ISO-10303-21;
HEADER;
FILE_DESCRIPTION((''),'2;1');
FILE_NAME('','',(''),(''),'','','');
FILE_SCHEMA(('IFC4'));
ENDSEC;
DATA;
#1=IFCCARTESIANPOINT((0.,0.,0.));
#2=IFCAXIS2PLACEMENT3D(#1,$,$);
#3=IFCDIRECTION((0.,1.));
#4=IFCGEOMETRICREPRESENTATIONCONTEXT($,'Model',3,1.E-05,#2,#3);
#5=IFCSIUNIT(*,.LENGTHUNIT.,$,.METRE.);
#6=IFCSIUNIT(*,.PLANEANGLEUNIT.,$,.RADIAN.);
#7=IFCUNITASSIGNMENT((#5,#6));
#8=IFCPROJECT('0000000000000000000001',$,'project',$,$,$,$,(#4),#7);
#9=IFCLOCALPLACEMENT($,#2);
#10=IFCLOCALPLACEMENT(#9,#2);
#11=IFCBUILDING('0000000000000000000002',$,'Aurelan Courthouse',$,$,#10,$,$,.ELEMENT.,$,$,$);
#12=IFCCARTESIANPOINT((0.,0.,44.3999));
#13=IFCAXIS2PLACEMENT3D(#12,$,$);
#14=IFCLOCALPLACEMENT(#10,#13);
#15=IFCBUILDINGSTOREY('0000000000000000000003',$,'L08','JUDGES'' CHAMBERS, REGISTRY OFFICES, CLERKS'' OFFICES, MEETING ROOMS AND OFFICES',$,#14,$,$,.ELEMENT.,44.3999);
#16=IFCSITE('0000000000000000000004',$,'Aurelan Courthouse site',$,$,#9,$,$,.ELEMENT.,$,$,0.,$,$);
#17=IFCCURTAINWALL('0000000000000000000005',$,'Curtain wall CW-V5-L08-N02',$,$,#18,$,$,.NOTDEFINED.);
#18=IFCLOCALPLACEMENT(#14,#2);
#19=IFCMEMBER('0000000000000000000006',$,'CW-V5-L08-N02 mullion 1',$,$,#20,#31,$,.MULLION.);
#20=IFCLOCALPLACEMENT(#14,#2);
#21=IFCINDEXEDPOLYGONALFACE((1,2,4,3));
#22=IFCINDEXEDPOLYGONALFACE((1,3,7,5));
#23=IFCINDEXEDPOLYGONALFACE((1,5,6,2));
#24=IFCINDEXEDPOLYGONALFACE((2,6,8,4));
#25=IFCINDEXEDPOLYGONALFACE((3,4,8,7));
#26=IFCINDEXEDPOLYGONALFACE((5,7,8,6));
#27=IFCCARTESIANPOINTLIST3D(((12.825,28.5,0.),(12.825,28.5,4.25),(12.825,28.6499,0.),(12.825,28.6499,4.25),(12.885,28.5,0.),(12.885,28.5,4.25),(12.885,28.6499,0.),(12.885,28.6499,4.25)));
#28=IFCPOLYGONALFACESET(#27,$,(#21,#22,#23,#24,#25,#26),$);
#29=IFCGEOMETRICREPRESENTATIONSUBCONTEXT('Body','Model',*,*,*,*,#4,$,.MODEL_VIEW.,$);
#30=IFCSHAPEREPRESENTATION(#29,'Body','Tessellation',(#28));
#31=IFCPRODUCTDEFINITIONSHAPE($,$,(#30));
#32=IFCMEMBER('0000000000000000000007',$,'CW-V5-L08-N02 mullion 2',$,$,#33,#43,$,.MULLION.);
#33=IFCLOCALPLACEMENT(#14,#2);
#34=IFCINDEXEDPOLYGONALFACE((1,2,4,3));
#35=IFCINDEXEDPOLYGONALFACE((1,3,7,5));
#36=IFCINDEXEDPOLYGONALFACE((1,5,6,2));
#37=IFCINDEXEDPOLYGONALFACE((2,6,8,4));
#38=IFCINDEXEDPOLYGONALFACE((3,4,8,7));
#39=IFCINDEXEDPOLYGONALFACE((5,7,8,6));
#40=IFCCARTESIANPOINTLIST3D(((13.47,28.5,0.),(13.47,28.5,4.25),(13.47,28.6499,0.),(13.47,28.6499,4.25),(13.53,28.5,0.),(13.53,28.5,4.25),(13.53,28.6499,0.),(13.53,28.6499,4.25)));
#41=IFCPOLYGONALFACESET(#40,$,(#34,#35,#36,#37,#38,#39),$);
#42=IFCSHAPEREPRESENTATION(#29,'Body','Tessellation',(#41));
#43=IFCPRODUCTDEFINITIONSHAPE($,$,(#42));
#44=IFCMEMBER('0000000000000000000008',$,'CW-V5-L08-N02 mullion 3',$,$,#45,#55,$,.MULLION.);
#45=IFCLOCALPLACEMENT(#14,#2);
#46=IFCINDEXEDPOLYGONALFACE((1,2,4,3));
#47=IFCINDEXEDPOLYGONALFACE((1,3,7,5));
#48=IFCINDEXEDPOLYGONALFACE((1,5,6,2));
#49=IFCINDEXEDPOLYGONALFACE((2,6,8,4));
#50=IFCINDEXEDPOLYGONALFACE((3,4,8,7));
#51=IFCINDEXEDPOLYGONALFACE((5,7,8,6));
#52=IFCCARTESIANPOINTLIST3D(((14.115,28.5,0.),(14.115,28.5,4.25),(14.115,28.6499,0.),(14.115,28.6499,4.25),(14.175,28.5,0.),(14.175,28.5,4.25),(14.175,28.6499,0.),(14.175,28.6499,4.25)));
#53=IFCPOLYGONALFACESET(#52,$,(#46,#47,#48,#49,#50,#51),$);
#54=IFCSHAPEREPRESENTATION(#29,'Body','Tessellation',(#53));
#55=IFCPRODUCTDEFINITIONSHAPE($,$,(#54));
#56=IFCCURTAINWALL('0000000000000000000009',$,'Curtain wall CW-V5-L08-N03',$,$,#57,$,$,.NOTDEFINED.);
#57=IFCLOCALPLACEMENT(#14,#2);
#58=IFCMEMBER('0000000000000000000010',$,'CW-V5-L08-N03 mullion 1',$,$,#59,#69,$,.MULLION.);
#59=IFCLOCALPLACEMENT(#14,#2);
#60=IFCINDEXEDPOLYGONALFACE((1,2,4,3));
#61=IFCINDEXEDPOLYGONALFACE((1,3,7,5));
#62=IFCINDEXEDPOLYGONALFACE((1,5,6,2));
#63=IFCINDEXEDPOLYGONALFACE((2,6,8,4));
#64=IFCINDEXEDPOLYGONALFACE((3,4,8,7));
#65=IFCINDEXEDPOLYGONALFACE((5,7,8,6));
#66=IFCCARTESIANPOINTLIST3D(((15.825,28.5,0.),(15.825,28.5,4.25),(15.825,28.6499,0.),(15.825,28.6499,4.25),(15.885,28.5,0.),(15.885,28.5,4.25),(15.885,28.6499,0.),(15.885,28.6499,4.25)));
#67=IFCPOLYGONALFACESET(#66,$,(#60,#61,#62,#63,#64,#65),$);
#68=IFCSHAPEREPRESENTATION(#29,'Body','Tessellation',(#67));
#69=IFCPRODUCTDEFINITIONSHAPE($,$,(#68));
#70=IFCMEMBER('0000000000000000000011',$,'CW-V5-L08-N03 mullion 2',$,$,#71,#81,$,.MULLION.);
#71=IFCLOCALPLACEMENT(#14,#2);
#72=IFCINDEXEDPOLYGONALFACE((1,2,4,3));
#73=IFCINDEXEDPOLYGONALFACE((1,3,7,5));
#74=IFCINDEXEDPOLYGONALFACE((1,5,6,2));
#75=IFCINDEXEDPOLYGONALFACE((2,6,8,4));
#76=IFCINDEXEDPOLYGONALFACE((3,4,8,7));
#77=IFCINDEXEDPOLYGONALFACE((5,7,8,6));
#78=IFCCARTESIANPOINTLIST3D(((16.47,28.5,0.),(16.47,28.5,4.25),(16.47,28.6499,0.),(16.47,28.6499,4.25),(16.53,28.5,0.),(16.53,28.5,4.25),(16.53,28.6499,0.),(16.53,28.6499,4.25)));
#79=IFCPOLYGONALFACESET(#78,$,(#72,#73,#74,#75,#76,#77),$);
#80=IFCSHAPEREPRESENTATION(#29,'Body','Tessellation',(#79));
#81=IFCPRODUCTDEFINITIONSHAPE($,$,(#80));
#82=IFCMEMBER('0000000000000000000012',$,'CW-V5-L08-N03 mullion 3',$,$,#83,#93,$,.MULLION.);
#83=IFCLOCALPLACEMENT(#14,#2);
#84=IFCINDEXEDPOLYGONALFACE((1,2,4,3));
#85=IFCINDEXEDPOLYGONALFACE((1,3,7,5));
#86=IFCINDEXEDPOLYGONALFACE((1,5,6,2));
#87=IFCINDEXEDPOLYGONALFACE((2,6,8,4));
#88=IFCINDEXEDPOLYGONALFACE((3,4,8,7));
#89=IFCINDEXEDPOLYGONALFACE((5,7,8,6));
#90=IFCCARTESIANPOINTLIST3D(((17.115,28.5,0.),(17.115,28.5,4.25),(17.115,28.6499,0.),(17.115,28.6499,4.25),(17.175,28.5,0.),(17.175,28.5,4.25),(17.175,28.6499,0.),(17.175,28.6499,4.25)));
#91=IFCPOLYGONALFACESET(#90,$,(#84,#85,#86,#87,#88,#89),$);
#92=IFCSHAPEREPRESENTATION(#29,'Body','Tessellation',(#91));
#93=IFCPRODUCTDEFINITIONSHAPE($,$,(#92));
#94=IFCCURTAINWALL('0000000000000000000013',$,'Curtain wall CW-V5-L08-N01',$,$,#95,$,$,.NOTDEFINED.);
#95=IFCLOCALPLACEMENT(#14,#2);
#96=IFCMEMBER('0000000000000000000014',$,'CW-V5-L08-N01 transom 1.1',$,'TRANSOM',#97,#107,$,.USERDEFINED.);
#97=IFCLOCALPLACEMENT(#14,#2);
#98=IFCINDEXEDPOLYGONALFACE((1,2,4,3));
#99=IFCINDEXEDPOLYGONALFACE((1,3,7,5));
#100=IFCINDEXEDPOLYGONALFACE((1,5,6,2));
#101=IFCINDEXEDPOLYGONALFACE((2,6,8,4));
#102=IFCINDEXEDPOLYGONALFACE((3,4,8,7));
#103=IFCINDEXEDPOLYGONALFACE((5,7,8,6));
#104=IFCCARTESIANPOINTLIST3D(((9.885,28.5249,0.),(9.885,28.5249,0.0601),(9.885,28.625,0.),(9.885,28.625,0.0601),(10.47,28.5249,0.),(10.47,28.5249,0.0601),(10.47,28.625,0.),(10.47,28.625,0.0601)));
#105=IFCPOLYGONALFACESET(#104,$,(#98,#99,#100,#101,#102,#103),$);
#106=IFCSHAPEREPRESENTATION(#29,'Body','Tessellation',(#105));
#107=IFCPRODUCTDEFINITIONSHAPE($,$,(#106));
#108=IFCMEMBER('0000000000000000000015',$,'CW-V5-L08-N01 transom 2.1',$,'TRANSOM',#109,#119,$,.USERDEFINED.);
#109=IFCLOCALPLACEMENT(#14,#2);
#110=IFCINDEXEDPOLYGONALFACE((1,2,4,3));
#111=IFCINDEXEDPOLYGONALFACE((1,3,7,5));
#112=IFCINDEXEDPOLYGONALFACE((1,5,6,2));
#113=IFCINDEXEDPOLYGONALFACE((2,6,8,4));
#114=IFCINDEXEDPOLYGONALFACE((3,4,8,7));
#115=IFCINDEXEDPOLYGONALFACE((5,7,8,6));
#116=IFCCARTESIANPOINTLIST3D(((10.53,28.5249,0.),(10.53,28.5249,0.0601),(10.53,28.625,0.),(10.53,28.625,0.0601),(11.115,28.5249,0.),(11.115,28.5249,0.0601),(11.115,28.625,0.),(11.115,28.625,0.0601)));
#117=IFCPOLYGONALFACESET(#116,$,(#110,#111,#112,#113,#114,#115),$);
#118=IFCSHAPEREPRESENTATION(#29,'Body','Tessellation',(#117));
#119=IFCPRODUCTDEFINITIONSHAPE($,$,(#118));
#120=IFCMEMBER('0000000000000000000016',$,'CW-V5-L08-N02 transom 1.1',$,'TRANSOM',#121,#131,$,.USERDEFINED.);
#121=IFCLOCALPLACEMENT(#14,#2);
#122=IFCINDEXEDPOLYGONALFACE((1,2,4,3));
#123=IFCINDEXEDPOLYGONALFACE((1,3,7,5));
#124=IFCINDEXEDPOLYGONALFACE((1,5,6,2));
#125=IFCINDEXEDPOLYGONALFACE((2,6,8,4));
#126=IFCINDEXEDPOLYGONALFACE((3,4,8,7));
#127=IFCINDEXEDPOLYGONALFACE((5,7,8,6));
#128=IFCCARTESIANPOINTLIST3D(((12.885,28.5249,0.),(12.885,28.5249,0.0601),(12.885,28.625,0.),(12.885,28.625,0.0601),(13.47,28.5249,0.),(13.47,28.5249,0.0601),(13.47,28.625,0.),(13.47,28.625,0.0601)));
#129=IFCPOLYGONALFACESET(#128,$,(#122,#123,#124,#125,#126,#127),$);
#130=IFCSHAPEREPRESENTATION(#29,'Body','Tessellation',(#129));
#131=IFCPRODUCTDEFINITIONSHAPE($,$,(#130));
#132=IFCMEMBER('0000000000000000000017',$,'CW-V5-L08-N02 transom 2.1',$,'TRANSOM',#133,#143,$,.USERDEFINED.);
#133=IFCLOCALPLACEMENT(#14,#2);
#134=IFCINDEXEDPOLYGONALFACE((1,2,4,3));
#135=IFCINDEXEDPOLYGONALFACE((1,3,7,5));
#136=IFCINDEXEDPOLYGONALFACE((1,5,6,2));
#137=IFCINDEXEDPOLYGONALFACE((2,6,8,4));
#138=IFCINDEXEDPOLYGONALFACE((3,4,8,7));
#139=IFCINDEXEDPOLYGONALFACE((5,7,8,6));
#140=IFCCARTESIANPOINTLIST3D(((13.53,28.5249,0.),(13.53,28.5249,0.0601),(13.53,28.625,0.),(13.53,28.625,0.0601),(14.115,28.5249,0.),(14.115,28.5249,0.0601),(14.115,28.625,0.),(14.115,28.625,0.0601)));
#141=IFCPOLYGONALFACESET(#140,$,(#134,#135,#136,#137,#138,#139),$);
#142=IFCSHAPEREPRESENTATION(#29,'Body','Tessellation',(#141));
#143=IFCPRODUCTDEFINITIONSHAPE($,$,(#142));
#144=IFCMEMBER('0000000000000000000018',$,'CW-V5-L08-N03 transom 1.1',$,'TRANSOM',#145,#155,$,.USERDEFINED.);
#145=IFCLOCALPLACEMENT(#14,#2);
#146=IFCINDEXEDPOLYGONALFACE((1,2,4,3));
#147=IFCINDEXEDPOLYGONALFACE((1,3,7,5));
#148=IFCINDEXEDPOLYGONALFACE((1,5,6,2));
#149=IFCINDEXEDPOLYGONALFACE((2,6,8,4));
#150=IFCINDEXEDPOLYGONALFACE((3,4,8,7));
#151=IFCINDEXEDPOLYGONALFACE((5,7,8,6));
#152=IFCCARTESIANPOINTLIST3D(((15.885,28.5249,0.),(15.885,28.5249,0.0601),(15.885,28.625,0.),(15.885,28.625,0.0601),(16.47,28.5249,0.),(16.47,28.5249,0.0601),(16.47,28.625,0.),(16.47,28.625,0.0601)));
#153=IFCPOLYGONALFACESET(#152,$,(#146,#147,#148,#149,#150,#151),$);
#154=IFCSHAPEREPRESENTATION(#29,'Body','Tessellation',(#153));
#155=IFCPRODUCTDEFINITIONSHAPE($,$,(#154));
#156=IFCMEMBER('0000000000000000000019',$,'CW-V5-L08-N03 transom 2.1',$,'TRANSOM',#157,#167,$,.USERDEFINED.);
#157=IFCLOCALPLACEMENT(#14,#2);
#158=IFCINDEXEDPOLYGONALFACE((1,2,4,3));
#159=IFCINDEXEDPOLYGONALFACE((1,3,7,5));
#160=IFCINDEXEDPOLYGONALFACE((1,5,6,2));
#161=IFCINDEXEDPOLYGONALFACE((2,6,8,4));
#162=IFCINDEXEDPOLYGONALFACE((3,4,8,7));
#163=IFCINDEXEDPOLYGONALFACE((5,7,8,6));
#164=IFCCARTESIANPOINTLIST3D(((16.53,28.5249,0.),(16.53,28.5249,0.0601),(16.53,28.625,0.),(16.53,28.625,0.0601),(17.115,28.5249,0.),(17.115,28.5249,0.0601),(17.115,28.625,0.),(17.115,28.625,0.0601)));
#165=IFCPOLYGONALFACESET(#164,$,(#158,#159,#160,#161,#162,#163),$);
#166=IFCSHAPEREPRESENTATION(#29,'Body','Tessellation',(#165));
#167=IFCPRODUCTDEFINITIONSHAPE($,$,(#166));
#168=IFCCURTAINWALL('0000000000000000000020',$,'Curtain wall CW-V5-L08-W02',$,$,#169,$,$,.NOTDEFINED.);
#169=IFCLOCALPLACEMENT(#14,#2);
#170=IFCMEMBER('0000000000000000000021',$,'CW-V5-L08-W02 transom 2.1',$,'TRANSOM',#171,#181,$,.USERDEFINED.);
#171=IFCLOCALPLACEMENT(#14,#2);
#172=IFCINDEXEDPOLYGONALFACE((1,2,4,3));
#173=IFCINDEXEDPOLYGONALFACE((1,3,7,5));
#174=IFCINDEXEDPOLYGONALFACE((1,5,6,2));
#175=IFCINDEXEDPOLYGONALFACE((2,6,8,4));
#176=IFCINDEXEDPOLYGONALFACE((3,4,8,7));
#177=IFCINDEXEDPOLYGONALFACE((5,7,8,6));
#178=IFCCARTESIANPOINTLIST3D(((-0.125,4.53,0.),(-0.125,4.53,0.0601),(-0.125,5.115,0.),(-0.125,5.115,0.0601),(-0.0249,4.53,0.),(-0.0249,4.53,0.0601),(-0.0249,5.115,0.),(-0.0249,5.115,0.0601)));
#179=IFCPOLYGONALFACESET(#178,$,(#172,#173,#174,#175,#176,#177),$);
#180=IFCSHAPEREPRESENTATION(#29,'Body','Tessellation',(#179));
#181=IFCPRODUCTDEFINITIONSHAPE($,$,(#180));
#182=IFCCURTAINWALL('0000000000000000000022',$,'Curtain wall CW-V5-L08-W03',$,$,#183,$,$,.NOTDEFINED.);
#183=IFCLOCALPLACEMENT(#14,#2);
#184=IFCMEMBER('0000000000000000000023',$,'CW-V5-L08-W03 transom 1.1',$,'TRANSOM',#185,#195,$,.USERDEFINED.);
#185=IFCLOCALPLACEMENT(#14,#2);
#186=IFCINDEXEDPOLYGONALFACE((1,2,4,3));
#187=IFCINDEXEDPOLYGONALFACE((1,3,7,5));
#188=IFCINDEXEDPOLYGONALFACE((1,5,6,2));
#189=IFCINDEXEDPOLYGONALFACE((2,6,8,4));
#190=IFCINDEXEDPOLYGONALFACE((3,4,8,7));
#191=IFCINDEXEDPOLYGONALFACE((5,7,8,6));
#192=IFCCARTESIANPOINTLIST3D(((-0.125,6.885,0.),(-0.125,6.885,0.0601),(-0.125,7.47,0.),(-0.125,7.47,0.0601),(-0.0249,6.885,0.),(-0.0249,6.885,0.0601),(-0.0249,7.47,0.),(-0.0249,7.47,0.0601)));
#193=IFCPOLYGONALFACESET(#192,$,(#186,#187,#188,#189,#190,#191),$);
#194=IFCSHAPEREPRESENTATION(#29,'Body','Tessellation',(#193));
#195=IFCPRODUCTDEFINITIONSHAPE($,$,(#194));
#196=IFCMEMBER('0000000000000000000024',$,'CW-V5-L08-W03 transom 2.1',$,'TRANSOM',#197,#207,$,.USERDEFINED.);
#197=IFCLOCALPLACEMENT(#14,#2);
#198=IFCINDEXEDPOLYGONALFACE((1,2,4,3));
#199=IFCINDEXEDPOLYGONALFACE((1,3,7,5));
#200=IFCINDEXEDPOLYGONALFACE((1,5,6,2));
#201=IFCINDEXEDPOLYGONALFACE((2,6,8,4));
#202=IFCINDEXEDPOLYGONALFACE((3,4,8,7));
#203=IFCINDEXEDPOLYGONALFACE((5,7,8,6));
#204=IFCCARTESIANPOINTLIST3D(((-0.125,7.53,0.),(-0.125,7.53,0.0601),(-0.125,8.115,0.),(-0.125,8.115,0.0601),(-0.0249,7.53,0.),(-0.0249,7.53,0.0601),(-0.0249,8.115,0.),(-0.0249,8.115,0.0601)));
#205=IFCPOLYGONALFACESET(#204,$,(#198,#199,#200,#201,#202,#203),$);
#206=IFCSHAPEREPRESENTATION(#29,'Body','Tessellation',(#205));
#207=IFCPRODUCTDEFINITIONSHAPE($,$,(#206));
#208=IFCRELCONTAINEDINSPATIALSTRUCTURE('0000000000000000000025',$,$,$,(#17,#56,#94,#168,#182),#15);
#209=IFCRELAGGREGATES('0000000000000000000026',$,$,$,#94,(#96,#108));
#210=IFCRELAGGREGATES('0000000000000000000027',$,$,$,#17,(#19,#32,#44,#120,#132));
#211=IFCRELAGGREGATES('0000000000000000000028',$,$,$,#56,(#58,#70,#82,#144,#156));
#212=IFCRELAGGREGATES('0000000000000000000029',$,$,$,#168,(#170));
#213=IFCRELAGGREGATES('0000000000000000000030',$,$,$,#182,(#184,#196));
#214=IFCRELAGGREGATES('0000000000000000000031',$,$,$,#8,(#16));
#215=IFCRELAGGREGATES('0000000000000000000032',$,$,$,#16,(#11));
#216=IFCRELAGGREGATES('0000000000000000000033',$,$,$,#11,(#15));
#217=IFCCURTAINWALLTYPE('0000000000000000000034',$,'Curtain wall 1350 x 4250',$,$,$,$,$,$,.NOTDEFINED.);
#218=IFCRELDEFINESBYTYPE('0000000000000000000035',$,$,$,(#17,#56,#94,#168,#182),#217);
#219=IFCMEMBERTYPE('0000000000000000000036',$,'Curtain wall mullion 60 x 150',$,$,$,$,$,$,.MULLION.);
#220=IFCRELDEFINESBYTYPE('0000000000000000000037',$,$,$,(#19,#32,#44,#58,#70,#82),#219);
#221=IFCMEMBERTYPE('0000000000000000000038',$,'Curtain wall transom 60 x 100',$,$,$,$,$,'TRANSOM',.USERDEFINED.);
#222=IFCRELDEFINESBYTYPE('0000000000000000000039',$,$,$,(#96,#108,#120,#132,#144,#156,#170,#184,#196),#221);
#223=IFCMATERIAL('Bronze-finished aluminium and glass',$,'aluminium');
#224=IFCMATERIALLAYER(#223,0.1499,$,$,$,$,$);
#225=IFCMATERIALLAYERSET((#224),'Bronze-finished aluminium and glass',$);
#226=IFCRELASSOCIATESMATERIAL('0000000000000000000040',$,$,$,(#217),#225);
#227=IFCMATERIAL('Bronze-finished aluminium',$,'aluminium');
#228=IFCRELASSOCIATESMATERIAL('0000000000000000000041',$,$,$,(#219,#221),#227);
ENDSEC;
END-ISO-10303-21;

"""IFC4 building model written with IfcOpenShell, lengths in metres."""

from ifc_helpers import new_model, si_unit, direction, frame, origin, origin_2d, place, context, subcontext, project, spatial, rectangle, extrude, material, layer, layer_set, material_profile, profile_set, type_object, element, aggregate, save


model = new_model("IFC4")

# Units and contexts
model_context = context("Model", 3, precision=1e-05, world=origin(), true_north=direction((0.0, 1.0)))
body_context = subcontext(model_context, "Body", "Model", "MODEL_VIEW")
ifc_project = project(units=[si_unit("LENGTHUNIT", "METRE"), si_unit("PLANEANGLEUNIT", "RADIAN")], contexts=[model_context])

# Site, building, storey
site_placement = place(None, origin())
site = spatial("IfcSite", under=ifc_project, at=site_placement, Name="Aurelan Courthouse site", CompositionType="ELEMENT", RefElevation=0.0)
building_placement = place(site_placement, origin())
building = spatial("IfcBuilding", under=site, at=building_placement, Name="Aurelan Courthouse", CompositionType="ELEMENT")
storey_placement = place(building_placement, frame((0.0, 0.0, 44.3999)))
storey = spatial("IfcBuildingStorey", under=building, at=storey_placement, Name="L08", Description="JUDGES' CHAMBERS, REGISTRY OFFICES, CLERKS' OFFICES, MEETING ROOMS AND OFFICES", CompositionType="ELEMENT", Elevation=44.3999)

# Curtain walls, members
ifc_material_1 = material(Name="Bronze-finished aluminium and glass", Category="aluminium")
ifc_layer_1 = layer(ifc_material_1, 0.1499)
ifc_layer_set_1 = layer_set([ifc_layer_1], Name="Bronze-finished aluminium and glass")
curtain_wall_type = type_object("IfcCurtainWallType", Name="Curtain wall 1350 x 4250", PredefinedType="NOTDEFINED", material=ifc_layer_set_1)
curtain_wall_1_placement = place(storey_placement, origin())
curtain_wall_1 = element("IfcCurtainWall", 1, at=curtain_wall_1_placement, inside=storey, type_object=curtain_wall_type, Name="Curtain wall CW-V5-L08-N02", PredefinedType="NOTDEFINED")
ifc_material_2 = material(Name="Bronze-finished aluminium", Category="aluminium")
ifc_material_profile_1 = material_profile(ifc_material_2, rectangle(XDim=0.1499, YDim=0.0601, at=origin_2d()), Name="Bronze mullion 60 x 150")
ifc_profile_set_1 = profile_set([ifc_material_profile_1], Name="Bronze-finished aluminium")
member_type_1 = type_object("IfcMemberType", Name="Curtain wall mullion 60 x 150", PredefinedType="MULLION", material=ifc_profile_set_1)
member_1_placement = place(storey_placement, frame((12.855, 28.575, 0.0), z_axis=(0.0, 0.0, 1.0), x_axis=(0.0, 1.0, 0.0)))
member_1 = element("IfcMember", 2, at=member_1_placement, type_object=member_type_1, Name="CW-V5-L08-N02 mullion 1", PredefinedType="MULLION", context=body_context, shape_type="SweptSolid", body=[
    extrude(rectangle(XDim=0.1499, YDim=0.0601, at=origin_2d()), origin(), (0.0, 0.0, 1.0), 4.25),
])
member_2_placement = place(storey_placement, frame((13.5, 28.575, 0.0), z_axis=(0.0, 0.0, 1.0), x_axis=(0.0, 1.0, 0.0)))
member_2 = element("IfcMember", 3, at=member_2_placement, type_object=member_type_1, Name="CW-V5-L08-N02 mullion 2", PredefinedType="MULLION", context=body_context, shape_type="SweptSolid", body=[
    extrude(rectangle(XDim=0.1499, YDim=0.0601, at=origin_2d()), origin(), (0.0, 0.0, 1.0), 4.25),
])
member_3_placement = place(storey_placement, frame((14.145, 28.575, 0.0), z_axis=(0.0, 0.0, 1.0), x_axis=(0.0, 1.0, 0.0)))
member_3 = element("IfcMember", 4, at=member_3_placement, type_object=member_type_1, Name="CW-V5-L08-N02 mullion 3", PredefinedType="MULLION", context=body_context, shape_type="SweptSolid", body=[
    extrude(rectangle(XDim=0.1499, YDim=0.0601, at=origin_2d()), origin(), (0.0, 0.0, 1.0), 4.25),
])
curtain_wall_2_placement = place(storey_placement, origin())
curtain_wall_2 = element("IfcCurtainWall", 5, at=curtain_wall_2_placement, inside=storey, type_object=curtain_wall_type, Name="Curtain wall CW-V5-L08-N03", PredefinedType="NOTDEFINED")
member_4_placement = place(storey_placement, frame((15.855, 28.575, 0.0), z_axis=(0.0, 0.0, 1.0), x_axis=(0.0, 1.0, 0.0)))
member_4 = element("IfcMember", 6, at=member_4_placement, type_object=member_type_1, Name="CW-V5-L08-N03 mullion 1", PredefinedType="MULLION", context=body_context, shape_type="SweptSolid", body=[
    extrude(rectangle(XDim=0.1499, YDim=0.0601, at=origin_2d()), origin(), (0.0, 0.0, 1.0), 4.25),
])
member_5_placement = place(storey_placement, frame((16.5, 28.575, 0.0), z_axis=(0.0, 0.0, 1.0), x_axis=(0.0, 1.0, 0.0)))
member_5 = element("IfcMember", 7, at=member_5_placement, type_object=member_type_1, Name="CW-V5-L08-N03 mullion 2", PredefinedType="MULLION", context=body_context, shape_type="SweptSolid", body=[
    extrude(rectangle(XDim=0.1499, YDim=0.0601, at=origin_2d()), origin(), (0.0, 0.0, 1.0), 4.25),
])
member_6_placement = place(storey_placement, frame((17.145, 28.575, 0.0), z_axis=(0.0, 0.0, 1.0), x_axis=(0.0, 1.0, 0.0)))
member_6 = element("IfcMember", 8, at=member_6_placement, type_object=member_type_1, Name="CW-V5-L08-N03 mullion 3", PredefinedType="MULLION", context=body_context, shape_type="SweptSolid", body=[
    extrude(rectangle(XDim=0.1499, YDim=0.0601, at=origin_2d()), origin(), (0.0, 0.0, 1.0), 4.25),
])
curtain_wall_3_placement = place(storey_placement, origin())
curtain_wall_3 = element("IfcCurtainWall", 9, at=curtain_wall_3_placement, inside=storey, type_object=curtain_wall_type, Name="Curtain wall CW-V5-L08-N01", PredefinedType="NOTDEFINED")
ifc_material_profile_2 = material_profile(ifc_material_2, rectangle(XDim=0.1001, YDim=0.0601, at=origin_2d()), Name="Bronze transom 60 x 100")
ifc_profile_set_2 = profile_set([ifc_material_profile_2], Name="Bronze-finished aluminium")
member_type_2 = type_object("IfcMemberType", Name="Curtain wall transom 60 x 100", ElementType="TRANSOM", PredefinedType="USERDEFINED", material=ifc_profile_set_2)
member_7_placement = place(storey_placement, frame((9.885, 28.575, 0.03), z_axis=(1.0, 0.0, 0.0), x_axis=(0.0, 1.0, 0.0)))
member_7 = element("IfcMember", 10, at=member_7_placement, type_object=member_type_2, Name="CW-V5-L08-N01 transom 1.1", ObjectType="TRANSOM", PredefinedType="USERDEFINED", context=body_context, shape_type="SweptSolid", body=[
    extrude(rectangle(XDim=0.1001, YDim=0.0601, at=origin_2d()), origin(), (0.0, 0.0, 1.0), 0.585),
])
member_8_placement = place(storey_placement, frame((10.53, 28.575, 0.03), z_axis=(1.0, 0.0, 0.0), x_axis=(0.0, 1.0, 0.0)))
member_8 = element("IfcMember", 11, at=member_8_placement, type_object=member_type_2, Name="CW-V5-L08-N01 transom 2.1", ObjectType="TRANSOM", PredefinedType="USERDEFINED", context=body_context, shape_type="SweptSolid", body=[
    extrude(rectangle(XDim=0.1001, YDim=0.0601, at=origin_2d()), origin(), (0.0, 0.0, 1.0), 0.585),
])
aggregate(curtain_wall_3, [member_7, member_8])

# Members
member_9_placement = place(storey_placement, frame((12.885, 28.575, 0.03), z_axis=(1.0, 0.0, 0.0), x_axis=(0.0, 1.0, 0.0)))
member_9 = element("IfcMember", 12, at=member_9_placement, type_object=member_type_2, Name="CW-V5-L08-N02 transom 1.1", ObjectType="TRANSOM", PredefinedType="USERDEFINED", context=body_context, shape_type="SweptSolid", body=[
    extrude(rectangle(XDim=0.1001, YDim=0.0601, at=origin_2d()), origin(), (0.0, 0.0, 1.0), 0.585),
])
member_10_placement = place(storey_placement, frame((13.53, 28.575, 0.03), z_axis=(1.0, 0.0, 0.0), x_axis=(0.0, 1.0, 0.0)))
member_10 = element("IfcMember", 13, at=member_10_placement, type_object=member_type_2, Name="CW-V5-L08-N02 transom 2.1", ObjectType="TRANSOM", PredefinedType="USERDEFINED", context=body_context, shape_type="SweptSolid", body=[
    extrude(rectangle(XDim=0.1001, YDim=0.0601, at=origin_2d()), origin(), (0.0, 0.0, 1.0), 0.585),
])
aggregate(curtain_wall_1, [member_1, member_2, member_3, member_9, member_10])
member_11_placement = place(storey_placement, frame((15.885, 28.575, 0.03), z_axis=(1.0, 0.0, 0.0), x_axis=(0.0, 1.0, 0.0)))
member_11 = element("IfcMember", 14, at=member_11_placement, type_object=member_type_2, Name="CW-V5-L08-N03 transom 1.1", ObjectType="TRANSOM", PredefinedType="USERDEFINED", context=body_context, shape_type="SweptSolid", body=[
    extrude(rectangle(XDim=0.1001, YDim=0.0601, at=origin_2d()), origin(), (0.0, 0.0, 1.0), 0.585),
])
member_12_placement = place(storey_placement, frame((16.53, 28.575, 0.03), z_axis=(1.0, 0.0, 0.0), x_axis=(0.0, 1.0, 0.0)))
member_12 = element("IfcMember", 15, at=member_12_placement, type_object=member_type_2, Name="CW-V5-L08-N03 transom 2.1", ObjectType="TRANSOM", PredefinedType="USERDEFINED", context=body_context, shape_type="SweptSolid", body=[
    extrude(rectangle(XDim=0.1001, YDim=0.0601, at=origin_2d()), origin(), (0.0, 0.0, 1.0), 0.585),
])
aggregate(curtain_wall_2, [member_4, member_5, member_6, member_11, member_12])

# Curtain wall, member
curtain_wall_4_placement = place(storey_placement, origin())
curtain_wall_4 = element("IfcCurtainWall", 16, at=curtain_wall_4_placement, inside=storey, type_object=curtain_wall_type, Name="Curtain wall CW-V5-L08-W02", PredefinedType="NOTDEFINED")
member_13_placement = place(storey_placement, frame((-0.075, 4.53, 0.03), z_axis=(0.0, 1.0, 0.0), x_axis=(-1.0, 0.0, 0.0)))
member_13 = element("IfcMember", 17, at=member_13_placement, type_object=member_type_2, Name="CW-V5-L08-W02 transom 2.1", ObjectType="TRANSOM", PredefinedType="USERDEFINED", context=body_context, shape_type="SweptSolid", body=[
    extrude(rectangle(XDim=0.1001, YDim=0.0601, at=origin_2d()), origin(), (0.0, 0.0, 1.0), 0.585),
])

# Curtain wall, members
curtain_wall_5_placement = place(storey_placement, origin())
curtain_wall_5 = element("IfcCurtainWall", 18, at=curtain_wall_5_placement, inside=storey, type_object=curtain_wall_type, Name="Curtain wall CW-V5-L08-W03", PredefinedType="NOTDEFINED")
member_14_placement = place(storey_placement, frame((-0.075, 6.885, 0.03), z_axis=(0.0, 1.0, 0.0), x_axis=(-1.0, 0.0, 0.0)))
member_14 = element("IfcMember", 19, at=member_14_placement, type_object=member_type_2, Name="CW-V5-L08-W03 transom 1.1", ObjectType="TRANSOM", PredefinedType="USERDEFINED", context=body_context, shape_type="SweptSolid", body=[
    extrude(rectangle(XDim=0.1001, YDim=0.0601, at=origin_2d()), origin(), (0.0, 0.0, 1.0), 0.585),
])
member_15_placement = place(storey_placement, frame((-0.075, 7.53, 0.03), z_axis=(0.0, 1.0, 0.0), x_axis=(-1.0, 0.0, 0.0)))
member_15 = element("IfcMember", 20, at=member_15_placement, type_object=member_type_2, Name="CW-V5-L08-W03 transom 2.1", ObjectType="TRANSOM", PredefinedType="USERDEFINED", context=body_context, shape_type="SweptSolid", body=[
    extrude(rectangle(XDim=0.1001, YDim=0.0601, at=origin_2d()), origin(), (0.0, 0.0, 1.0), 0.585),
])

aggregate(curtain_wall_4, [member_13])
aggregate(curtain_wall_5, [member_14, member_15])

save(model, "model.ifc")
